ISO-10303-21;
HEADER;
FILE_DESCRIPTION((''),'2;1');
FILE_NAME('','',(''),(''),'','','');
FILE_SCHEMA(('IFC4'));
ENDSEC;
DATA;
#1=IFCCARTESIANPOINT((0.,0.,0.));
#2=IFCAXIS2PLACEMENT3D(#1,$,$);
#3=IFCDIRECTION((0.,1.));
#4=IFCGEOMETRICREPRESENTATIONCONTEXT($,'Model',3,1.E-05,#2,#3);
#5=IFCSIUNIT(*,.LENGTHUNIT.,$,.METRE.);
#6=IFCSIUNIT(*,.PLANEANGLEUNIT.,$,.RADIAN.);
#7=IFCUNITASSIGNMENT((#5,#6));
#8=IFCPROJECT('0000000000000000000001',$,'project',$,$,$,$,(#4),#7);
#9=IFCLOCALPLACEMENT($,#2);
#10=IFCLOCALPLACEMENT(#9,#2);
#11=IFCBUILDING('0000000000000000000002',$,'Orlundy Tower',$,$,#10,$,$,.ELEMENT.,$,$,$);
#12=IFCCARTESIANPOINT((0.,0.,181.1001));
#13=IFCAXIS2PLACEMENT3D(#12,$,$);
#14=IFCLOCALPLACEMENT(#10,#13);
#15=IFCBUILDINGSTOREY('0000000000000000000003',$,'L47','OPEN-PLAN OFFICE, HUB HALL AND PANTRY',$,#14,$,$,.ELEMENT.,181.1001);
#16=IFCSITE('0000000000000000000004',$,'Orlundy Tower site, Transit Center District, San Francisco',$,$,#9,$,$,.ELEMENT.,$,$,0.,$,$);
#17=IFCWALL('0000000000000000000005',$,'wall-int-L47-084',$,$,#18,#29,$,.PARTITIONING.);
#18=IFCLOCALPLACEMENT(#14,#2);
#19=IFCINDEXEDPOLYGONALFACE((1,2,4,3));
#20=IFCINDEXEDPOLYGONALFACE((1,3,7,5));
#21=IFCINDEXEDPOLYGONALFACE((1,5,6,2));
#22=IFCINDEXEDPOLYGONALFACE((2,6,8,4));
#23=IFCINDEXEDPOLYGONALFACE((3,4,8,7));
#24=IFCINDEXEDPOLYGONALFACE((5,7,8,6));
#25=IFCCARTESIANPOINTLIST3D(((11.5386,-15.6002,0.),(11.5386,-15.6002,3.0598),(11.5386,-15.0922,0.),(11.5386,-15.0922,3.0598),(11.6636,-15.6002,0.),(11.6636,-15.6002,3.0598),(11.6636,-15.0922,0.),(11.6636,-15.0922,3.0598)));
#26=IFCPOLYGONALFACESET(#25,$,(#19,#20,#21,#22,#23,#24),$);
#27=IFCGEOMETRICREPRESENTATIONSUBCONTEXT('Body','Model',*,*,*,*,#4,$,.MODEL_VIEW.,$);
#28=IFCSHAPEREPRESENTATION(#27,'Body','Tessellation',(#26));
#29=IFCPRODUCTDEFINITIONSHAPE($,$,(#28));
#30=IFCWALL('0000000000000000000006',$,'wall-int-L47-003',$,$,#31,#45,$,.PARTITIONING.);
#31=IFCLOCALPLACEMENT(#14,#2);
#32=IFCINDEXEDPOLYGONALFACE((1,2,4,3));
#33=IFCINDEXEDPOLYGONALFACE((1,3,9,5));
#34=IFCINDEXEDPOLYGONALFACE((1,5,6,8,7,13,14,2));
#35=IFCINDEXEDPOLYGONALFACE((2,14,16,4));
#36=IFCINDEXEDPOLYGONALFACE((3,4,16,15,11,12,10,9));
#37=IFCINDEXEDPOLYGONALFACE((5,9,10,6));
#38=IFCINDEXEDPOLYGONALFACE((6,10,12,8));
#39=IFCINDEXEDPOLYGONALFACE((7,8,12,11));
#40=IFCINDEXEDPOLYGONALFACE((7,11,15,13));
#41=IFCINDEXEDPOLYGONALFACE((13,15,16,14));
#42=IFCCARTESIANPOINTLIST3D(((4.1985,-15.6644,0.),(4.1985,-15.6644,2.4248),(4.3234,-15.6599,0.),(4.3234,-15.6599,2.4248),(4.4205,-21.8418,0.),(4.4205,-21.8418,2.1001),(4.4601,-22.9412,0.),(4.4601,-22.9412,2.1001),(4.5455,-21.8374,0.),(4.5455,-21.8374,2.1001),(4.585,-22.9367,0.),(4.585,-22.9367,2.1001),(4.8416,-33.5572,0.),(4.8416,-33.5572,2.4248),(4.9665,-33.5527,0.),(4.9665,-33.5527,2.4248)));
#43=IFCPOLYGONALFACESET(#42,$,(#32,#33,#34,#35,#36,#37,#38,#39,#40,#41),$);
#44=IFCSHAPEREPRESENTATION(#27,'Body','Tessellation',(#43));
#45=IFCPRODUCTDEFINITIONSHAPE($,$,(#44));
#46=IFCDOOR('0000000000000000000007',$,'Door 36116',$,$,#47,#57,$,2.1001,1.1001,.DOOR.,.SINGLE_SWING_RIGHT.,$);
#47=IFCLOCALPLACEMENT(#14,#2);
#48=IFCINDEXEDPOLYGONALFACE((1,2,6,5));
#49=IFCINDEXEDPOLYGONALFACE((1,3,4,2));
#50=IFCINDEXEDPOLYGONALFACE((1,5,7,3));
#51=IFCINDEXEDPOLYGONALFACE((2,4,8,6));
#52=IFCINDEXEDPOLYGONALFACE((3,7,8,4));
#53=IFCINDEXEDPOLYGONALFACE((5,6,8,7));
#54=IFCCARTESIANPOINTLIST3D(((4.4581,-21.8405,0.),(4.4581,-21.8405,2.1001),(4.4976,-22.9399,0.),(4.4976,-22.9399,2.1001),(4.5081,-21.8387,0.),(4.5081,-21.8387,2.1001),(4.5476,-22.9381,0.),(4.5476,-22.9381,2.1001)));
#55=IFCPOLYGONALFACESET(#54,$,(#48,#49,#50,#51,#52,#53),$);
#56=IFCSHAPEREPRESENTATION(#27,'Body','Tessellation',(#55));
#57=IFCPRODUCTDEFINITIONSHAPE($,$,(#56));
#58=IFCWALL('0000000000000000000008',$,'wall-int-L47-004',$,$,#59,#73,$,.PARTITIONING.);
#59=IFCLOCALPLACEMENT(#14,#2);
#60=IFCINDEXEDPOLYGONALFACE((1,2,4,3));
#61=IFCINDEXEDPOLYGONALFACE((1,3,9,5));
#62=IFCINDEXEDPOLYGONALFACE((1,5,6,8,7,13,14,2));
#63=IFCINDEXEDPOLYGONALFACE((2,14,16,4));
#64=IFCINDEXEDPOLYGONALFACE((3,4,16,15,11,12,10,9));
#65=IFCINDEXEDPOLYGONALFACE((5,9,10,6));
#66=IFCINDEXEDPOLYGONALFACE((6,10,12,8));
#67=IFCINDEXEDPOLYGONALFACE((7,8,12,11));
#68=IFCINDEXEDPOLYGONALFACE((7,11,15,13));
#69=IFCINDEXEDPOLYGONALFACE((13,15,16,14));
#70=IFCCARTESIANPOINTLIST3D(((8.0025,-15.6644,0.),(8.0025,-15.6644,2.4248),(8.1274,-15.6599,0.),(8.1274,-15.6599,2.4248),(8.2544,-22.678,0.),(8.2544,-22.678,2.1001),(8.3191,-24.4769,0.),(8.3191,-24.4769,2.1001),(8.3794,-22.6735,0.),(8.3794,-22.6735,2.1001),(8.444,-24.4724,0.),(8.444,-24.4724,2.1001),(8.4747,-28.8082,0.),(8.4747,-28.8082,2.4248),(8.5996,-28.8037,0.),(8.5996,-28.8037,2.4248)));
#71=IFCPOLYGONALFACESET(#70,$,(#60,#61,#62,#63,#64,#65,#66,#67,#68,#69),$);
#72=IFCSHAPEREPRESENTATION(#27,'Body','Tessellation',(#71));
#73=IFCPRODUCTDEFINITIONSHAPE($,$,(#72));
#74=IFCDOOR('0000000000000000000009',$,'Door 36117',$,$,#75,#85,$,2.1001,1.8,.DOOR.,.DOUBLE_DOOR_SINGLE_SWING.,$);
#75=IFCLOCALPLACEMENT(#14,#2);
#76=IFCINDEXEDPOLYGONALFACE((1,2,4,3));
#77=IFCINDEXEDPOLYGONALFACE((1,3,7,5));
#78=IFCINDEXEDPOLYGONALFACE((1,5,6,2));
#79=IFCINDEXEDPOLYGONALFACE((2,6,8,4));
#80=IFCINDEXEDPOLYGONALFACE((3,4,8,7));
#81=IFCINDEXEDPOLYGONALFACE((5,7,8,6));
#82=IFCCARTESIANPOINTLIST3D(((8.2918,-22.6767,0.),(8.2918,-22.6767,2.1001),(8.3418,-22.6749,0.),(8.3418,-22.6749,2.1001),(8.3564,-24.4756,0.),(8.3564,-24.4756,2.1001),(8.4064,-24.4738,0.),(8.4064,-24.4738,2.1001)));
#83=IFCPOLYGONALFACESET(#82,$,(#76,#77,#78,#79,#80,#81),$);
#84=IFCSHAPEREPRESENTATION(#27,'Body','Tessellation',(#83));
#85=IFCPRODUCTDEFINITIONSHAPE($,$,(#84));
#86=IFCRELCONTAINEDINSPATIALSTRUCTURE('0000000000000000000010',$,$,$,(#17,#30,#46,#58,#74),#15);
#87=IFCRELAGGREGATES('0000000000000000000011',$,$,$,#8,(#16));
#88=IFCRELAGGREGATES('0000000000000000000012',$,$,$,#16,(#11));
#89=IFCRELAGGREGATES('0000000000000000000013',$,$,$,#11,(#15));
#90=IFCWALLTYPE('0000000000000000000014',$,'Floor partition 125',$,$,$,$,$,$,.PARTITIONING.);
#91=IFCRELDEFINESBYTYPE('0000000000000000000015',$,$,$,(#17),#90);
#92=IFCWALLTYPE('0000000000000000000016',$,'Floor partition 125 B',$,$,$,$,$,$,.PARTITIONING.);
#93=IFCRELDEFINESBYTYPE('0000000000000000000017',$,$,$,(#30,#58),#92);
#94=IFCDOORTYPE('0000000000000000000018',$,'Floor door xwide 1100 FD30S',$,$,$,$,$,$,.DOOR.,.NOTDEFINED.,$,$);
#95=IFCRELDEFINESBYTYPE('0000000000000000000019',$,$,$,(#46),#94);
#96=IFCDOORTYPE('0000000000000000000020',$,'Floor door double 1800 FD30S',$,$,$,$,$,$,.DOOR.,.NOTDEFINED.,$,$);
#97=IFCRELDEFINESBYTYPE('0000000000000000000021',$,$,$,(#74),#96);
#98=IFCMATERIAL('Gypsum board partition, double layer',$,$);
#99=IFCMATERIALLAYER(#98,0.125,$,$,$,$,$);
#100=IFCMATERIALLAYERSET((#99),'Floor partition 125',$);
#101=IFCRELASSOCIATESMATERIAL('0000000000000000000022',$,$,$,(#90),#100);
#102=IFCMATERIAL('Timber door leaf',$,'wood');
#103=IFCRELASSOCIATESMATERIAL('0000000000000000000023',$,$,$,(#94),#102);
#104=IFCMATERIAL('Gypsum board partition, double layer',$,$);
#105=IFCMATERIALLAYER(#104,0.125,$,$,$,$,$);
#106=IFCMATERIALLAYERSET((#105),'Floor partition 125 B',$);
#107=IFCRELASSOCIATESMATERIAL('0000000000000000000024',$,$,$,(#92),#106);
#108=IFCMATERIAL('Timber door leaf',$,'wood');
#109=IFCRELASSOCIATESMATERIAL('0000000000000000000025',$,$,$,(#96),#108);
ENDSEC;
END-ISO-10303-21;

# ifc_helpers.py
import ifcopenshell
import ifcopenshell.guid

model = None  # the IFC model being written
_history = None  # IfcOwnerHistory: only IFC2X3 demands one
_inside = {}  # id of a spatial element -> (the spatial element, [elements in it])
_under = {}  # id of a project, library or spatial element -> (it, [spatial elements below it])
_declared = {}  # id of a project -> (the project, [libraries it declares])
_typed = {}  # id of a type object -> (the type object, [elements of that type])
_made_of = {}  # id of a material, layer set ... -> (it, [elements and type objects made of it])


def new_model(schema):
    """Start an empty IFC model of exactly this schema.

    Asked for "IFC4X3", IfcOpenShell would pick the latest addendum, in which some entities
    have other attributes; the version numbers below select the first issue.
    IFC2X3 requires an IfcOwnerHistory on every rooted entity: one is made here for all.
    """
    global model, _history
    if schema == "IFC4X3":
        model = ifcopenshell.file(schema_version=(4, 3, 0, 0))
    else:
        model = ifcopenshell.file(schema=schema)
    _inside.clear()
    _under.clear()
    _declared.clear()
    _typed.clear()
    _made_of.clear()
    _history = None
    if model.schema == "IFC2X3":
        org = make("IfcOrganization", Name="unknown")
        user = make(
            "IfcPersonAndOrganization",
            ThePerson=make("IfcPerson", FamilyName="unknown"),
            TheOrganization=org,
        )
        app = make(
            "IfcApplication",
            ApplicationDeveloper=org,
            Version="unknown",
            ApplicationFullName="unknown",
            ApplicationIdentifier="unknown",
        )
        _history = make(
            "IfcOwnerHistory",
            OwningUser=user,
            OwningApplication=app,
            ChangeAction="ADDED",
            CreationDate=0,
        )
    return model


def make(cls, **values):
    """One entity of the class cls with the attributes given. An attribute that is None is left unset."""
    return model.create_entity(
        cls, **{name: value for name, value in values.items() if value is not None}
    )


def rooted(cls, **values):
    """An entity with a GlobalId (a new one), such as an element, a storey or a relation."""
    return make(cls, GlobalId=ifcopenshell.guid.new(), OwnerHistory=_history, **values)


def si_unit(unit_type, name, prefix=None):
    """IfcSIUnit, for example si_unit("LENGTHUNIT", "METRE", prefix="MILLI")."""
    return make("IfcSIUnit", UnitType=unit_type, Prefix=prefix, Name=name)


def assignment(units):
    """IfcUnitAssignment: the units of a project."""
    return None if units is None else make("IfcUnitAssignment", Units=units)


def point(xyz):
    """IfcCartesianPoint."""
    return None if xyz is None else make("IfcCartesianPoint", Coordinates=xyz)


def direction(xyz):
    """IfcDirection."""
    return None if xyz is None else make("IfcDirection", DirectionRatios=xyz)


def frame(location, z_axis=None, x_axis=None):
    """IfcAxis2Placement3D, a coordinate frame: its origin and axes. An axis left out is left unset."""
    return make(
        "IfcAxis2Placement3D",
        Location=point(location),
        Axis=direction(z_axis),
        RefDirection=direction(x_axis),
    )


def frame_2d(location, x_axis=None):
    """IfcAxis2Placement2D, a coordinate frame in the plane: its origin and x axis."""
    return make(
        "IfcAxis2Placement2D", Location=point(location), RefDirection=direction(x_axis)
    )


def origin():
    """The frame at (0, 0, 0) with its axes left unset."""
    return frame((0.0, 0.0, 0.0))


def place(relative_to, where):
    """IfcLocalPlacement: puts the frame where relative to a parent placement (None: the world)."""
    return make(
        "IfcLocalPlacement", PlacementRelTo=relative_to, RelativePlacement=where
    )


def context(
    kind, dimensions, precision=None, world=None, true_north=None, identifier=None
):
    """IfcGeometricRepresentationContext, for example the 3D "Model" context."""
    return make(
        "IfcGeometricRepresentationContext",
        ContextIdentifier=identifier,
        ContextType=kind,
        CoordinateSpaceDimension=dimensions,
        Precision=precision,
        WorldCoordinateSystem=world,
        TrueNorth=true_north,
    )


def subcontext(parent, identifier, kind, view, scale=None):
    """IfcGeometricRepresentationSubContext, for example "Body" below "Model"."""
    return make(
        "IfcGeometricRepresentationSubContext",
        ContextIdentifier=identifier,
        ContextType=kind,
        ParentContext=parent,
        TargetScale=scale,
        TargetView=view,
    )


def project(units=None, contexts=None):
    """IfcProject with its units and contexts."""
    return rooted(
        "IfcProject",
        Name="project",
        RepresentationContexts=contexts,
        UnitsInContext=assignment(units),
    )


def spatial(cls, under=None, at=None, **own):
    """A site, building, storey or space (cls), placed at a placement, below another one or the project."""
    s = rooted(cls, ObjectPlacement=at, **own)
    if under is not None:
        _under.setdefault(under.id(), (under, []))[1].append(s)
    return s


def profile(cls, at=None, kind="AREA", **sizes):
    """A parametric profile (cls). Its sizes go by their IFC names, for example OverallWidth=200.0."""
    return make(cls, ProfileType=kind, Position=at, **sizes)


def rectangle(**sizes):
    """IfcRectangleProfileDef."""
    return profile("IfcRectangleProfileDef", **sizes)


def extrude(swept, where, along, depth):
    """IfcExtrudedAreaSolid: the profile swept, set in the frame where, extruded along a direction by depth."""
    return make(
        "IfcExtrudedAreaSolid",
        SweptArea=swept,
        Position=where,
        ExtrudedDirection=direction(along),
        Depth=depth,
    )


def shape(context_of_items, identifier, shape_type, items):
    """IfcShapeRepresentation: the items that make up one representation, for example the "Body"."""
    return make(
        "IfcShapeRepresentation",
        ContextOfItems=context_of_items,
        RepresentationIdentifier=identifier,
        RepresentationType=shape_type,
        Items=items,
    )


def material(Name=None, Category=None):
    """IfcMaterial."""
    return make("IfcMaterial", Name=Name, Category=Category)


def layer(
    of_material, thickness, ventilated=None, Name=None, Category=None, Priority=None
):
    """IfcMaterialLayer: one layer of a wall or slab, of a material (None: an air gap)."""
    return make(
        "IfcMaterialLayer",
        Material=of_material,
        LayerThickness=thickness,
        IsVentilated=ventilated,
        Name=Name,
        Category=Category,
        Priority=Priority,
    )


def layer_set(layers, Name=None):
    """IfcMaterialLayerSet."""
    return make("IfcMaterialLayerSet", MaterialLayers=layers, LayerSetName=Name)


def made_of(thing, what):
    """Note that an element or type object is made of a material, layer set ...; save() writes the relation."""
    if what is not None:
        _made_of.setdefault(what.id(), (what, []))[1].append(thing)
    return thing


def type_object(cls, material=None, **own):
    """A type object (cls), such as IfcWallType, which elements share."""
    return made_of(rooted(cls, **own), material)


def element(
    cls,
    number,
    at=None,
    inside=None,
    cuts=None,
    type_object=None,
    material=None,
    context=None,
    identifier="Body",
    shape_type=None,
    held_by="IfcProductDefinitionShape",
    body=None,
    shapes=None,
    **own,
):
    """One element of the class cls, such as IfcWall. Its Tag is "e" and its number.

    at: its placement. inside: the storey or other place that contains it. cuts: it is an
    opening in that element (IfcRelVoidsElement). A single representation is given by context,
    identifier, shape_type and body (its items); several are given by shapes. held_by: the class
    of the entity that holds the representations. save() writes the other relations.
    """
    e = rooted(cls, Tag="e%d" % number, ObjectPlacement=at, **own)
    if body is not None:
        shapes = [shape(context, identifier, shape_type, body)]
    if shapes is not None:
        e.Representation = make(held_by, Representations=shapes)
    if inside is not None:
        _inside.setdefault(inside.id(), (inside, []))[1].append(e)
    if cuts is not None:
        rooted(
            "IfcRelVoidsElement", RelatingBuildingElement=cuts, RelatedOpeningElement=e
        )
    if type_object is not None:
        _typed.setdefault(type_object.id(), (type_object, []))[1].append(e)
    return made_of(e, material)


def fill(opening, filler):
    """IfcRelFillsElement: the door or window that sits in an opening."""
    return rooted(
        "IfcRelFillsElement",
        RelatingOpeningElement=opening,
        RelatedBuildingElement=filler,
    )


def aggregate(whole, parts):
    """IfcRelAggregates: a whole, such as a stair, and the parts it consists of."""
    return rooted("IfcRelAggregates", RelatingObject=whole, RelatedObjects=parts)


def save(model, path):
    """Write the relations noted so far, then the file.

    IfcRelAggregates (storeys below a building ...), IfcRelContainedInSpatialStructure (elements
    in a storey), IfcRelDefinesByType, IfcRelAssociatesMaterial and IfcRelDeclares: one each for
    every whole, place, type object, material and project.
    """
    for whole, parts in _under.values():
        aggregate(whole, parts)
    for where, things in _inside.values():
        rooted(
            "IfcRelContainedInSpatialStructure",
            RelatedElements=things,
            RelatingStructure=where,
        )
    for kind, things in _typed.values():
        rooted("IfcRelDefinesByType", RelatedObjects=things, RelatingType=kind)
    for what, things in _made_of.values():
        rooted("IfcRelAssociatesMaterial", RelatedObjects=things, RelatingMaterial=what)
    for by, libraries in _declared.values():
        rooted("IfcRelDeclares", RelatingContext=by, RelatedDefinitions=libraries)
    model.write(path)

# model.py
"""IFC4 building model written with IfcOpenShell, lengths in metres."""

from ifc_helpers import new_model, si_unit, direction, frame, frame_2d, origin, place, context, subcontext, project, spatial, rectangle, extrude, material, layer, layer_set, type_object, element, fill, save


model = new_model("IFC4")

# Units and contexts
model_context = context("Model", 3, precision=1e-05, world=origin(), true_north=direction((0.0, 1.0)))
body_context = subcontext(model_context, "Body", "Model", "MODEL_VIEW")
ifc_project = project(units=[si_unit("LENGTHUNIT", "METRE"), si_unit("PLANEANGLEUNIT", "RADIAN")], contexts=[model_context])

# Site, building, storey
site_placement = place(None, origin())
site = spatial("IfcSite", under=ifc_project, at=site_placement, Name="Orlundy Tower site, Transit Center District, San Francisco", CompositionType="ELEMENT", RefElevation=0.0)
building_placement = place(site_placement, origin())
building = spatial("IfcBuilding", under=site, at=building_placement, Name="Orlundy Tower", CompositionType="ELEMENT")
storey_placement = place(building_placement, frame((0.0, 0.0, 181.1001)))
storey = spatial("IfcBuildingStorey", under=building, at=storey_placement, Name="L47", Description="OPEN-PLAN OFFICE, HUB HALL AND PANTRY", CompositionType="ELEMENT", Elevation=181.1001)

# Shared definitions
ifc_material_1 = material(Name="Gypsum board partition, double layer")
ifc_layer_1 = layer(ifc_material_1, 0.125)
ifc_layer_set_1 = layer_set([ifc_layer_1], Name="Floor partition 125")
wall_type_1 = type_object("IfcWallType", Name="Floor partition 125", PredefinedType="PARTITIONING", material=ifc_layer_set_1)

# Shared definitions
ifc_material_2 = material(Name="Timber door leaf", Category="wood")
door_type_1 = type_object("IfcDoorType", Name="Floor door xwide 1100 FD30S", OperationType="NOTDEFINED", PredefinedType="DOOR", material=ifc_material_2)

# Wall
wall_1_placement = place(storey_placement, frame((11.6011, -15.6001, 0.0), z_axis=(0.0, 0.0, 1.0), x_axis=(0.0, 1.0, 0.0)))
element("IfcWall", 1, at=wall_1_placement, inside=storey, type_object=wall_type_1, Name="wall-int-L47-084", PredefinedType="PARTITIONING", context=body_context, shape_type="SweptSolid", body=[
    extrude(rectangle(XDim=0.5081, YDim=0.125, at=frame_2d((0.2539, 0.0))), origin(), (0.0, 0.0, 1.0), 3.0598),
])

# Walls, openings, doors
ifc_material_3 = material(Name="Gypsum board partition, double layer")
ifc_layer_2 = layer(ifc_material_3, 0.125)
ifc_layer_set_2 = layer_set([ifc_layer_2], Name="Floor partition 125 B")
wall_type_2 = type_object("IfcWallType", Name="Floor partition 125 B", PredefinedType="PARTITIONING", material=ifc_layer_set_2)
wall_2_placement = place(storey_placement, frame((4.9041, -33.5549, 0.0), z_axis=(0.0, 0.0, 1.0), x_axis=(-0.035917, 0.999355, 0.0)))
wall_2 = element("IfcWall", 2, at=wall_2_placement, inside=storey, type_object=wall_type_2, Name="wall-int-L47-003", PredefinedType="PARTITIONING", context=body_context, shape_type="SweptSolid", body=[
    extrude(rectangle(XDim=17.9043, YDim=0.125, at=frame_2d((8.9521, 0.0))), origin(), (0.0, 0.0, 1.0), 2.4248),
])
opening_1_placement = place(wall_2_placement, frame((10.6228, 0.0, 0.0)))
opening_1 = element("IfcOpeningElement", 3, at=opening_1_placement, cuts=wall_2, PredefinedType="OPENING", context=body_context, shape_type="SweptSolid", body=[
    extrude(rectangle(XDim=1.1001, YDim=2.1001, at=frame_2d((0.55, 1.05))), frame((0.0, 0.0725, 0.0), z_axis=(0.0, -1.0, 0.0), x_axis=(1.0, 0.0, 0.0)), (0.0, 0.0, 1.0), 0.145),
])
door_1_placement = place(opening_1_placement, origin())
door_1 = element("IfcDoor", 4, at=door_1_placement, inside=storey, type_object=door_type_1, Name="Door 36116", OperationType="SINGLE_SWING_RIGHT", OverallHeight=2.1001, OverallWidth=1.1001, PredefinedType="DOOR", context=body_context, shape_type="SweptSolid", body=[
    extrude(rectangle(XDim=1.1001, YDim=2.1001, at=frame_2d((0.55, 1.05))), frame((0.0, 0.0249, 0.0), z_axis=(0.0, -1.0, 0.0), x_axis=(1.0, 0.0, 0.0)), (0.0, 0.0, 1.0), 0.05),
])
fill(opening_1, door_1)
wall_3_placement = place(storey_placement, frame((8.0649, -15.6621, 0.0), z_axis=(0.0, 0.0, 1.0), x_axis=(0.0359, -0.999355, 0.0)))
wall_3 = element("IfcWall", 5, at=wall_3_placement, inside=storey, type_object=wall_type_2, Name="wall-int-L47-004", PredefinedType="PARTITIONING", context=body_context, shape_type="SweptSolid", body=[
    extrude(rectangle(XDim=13.1523, YDim=0.125, at=frame_2d((6.5762, 0.0))), origin(), (0.0, 0.0, 1.0), 2.4248),
])
opening_2_placement = place(wall_3_placement, frame((7.0183, 0.0, 0.0)))
opening_2 = element("IfcOpeningElement", 6, at=opening_2_placement, cuts=wall_3, PredefinedType="OPENING", context=body_context, shape_type="SweptSolid", body=[
    extrude(rectangle(XDim=1.8, YDim=2.1001, at=frame_2d((0.8999, 1.05))), frame((0.0, 0.0725, 0.0), z_axis=(0.0, -1.0, 0.0), x_axis=(1.0, 0.0, 0.0)), (0.0, 0.0, 1.0), 0.145),
])
ifc_material_4 = material(Name="Timber door leaf", Category="wood")
door_type_2 = type_object("IfcDoorType", Name="Floor door double 1800 FD30S", OperationType="NOTDEFINED", PredefinedType="DOOR", material=ifc_material_4)
door_2_placement = place(opening_2_placement, origin())
door_2 = element("IfcDoor", 7, at=door_2_placement, inside=storey, type_object=door_type_2, Name="Door 36117", OperationType="DOUBLE_DOOR_SINGLE_SWING", OverallHeight=2.1001, OverallWidth=1.8, PredefinedType="DOOR", context=body_context, shape_type="SweptSolid", body=[
    extrude(rectangle(XDim=1.8, YDim=2.1001, at=frame_2d((0.8999, 1.05))), frame((0.0, 0.0249, 0.0), z_axis=(0.0, -1.0, 0.0), x_axis=(1.0, 0.0, 0.0)), (0.0, 0.0, 1.0), 0.05),
])
fill(opening_2, door_2)

save(model, "model.ifc")
